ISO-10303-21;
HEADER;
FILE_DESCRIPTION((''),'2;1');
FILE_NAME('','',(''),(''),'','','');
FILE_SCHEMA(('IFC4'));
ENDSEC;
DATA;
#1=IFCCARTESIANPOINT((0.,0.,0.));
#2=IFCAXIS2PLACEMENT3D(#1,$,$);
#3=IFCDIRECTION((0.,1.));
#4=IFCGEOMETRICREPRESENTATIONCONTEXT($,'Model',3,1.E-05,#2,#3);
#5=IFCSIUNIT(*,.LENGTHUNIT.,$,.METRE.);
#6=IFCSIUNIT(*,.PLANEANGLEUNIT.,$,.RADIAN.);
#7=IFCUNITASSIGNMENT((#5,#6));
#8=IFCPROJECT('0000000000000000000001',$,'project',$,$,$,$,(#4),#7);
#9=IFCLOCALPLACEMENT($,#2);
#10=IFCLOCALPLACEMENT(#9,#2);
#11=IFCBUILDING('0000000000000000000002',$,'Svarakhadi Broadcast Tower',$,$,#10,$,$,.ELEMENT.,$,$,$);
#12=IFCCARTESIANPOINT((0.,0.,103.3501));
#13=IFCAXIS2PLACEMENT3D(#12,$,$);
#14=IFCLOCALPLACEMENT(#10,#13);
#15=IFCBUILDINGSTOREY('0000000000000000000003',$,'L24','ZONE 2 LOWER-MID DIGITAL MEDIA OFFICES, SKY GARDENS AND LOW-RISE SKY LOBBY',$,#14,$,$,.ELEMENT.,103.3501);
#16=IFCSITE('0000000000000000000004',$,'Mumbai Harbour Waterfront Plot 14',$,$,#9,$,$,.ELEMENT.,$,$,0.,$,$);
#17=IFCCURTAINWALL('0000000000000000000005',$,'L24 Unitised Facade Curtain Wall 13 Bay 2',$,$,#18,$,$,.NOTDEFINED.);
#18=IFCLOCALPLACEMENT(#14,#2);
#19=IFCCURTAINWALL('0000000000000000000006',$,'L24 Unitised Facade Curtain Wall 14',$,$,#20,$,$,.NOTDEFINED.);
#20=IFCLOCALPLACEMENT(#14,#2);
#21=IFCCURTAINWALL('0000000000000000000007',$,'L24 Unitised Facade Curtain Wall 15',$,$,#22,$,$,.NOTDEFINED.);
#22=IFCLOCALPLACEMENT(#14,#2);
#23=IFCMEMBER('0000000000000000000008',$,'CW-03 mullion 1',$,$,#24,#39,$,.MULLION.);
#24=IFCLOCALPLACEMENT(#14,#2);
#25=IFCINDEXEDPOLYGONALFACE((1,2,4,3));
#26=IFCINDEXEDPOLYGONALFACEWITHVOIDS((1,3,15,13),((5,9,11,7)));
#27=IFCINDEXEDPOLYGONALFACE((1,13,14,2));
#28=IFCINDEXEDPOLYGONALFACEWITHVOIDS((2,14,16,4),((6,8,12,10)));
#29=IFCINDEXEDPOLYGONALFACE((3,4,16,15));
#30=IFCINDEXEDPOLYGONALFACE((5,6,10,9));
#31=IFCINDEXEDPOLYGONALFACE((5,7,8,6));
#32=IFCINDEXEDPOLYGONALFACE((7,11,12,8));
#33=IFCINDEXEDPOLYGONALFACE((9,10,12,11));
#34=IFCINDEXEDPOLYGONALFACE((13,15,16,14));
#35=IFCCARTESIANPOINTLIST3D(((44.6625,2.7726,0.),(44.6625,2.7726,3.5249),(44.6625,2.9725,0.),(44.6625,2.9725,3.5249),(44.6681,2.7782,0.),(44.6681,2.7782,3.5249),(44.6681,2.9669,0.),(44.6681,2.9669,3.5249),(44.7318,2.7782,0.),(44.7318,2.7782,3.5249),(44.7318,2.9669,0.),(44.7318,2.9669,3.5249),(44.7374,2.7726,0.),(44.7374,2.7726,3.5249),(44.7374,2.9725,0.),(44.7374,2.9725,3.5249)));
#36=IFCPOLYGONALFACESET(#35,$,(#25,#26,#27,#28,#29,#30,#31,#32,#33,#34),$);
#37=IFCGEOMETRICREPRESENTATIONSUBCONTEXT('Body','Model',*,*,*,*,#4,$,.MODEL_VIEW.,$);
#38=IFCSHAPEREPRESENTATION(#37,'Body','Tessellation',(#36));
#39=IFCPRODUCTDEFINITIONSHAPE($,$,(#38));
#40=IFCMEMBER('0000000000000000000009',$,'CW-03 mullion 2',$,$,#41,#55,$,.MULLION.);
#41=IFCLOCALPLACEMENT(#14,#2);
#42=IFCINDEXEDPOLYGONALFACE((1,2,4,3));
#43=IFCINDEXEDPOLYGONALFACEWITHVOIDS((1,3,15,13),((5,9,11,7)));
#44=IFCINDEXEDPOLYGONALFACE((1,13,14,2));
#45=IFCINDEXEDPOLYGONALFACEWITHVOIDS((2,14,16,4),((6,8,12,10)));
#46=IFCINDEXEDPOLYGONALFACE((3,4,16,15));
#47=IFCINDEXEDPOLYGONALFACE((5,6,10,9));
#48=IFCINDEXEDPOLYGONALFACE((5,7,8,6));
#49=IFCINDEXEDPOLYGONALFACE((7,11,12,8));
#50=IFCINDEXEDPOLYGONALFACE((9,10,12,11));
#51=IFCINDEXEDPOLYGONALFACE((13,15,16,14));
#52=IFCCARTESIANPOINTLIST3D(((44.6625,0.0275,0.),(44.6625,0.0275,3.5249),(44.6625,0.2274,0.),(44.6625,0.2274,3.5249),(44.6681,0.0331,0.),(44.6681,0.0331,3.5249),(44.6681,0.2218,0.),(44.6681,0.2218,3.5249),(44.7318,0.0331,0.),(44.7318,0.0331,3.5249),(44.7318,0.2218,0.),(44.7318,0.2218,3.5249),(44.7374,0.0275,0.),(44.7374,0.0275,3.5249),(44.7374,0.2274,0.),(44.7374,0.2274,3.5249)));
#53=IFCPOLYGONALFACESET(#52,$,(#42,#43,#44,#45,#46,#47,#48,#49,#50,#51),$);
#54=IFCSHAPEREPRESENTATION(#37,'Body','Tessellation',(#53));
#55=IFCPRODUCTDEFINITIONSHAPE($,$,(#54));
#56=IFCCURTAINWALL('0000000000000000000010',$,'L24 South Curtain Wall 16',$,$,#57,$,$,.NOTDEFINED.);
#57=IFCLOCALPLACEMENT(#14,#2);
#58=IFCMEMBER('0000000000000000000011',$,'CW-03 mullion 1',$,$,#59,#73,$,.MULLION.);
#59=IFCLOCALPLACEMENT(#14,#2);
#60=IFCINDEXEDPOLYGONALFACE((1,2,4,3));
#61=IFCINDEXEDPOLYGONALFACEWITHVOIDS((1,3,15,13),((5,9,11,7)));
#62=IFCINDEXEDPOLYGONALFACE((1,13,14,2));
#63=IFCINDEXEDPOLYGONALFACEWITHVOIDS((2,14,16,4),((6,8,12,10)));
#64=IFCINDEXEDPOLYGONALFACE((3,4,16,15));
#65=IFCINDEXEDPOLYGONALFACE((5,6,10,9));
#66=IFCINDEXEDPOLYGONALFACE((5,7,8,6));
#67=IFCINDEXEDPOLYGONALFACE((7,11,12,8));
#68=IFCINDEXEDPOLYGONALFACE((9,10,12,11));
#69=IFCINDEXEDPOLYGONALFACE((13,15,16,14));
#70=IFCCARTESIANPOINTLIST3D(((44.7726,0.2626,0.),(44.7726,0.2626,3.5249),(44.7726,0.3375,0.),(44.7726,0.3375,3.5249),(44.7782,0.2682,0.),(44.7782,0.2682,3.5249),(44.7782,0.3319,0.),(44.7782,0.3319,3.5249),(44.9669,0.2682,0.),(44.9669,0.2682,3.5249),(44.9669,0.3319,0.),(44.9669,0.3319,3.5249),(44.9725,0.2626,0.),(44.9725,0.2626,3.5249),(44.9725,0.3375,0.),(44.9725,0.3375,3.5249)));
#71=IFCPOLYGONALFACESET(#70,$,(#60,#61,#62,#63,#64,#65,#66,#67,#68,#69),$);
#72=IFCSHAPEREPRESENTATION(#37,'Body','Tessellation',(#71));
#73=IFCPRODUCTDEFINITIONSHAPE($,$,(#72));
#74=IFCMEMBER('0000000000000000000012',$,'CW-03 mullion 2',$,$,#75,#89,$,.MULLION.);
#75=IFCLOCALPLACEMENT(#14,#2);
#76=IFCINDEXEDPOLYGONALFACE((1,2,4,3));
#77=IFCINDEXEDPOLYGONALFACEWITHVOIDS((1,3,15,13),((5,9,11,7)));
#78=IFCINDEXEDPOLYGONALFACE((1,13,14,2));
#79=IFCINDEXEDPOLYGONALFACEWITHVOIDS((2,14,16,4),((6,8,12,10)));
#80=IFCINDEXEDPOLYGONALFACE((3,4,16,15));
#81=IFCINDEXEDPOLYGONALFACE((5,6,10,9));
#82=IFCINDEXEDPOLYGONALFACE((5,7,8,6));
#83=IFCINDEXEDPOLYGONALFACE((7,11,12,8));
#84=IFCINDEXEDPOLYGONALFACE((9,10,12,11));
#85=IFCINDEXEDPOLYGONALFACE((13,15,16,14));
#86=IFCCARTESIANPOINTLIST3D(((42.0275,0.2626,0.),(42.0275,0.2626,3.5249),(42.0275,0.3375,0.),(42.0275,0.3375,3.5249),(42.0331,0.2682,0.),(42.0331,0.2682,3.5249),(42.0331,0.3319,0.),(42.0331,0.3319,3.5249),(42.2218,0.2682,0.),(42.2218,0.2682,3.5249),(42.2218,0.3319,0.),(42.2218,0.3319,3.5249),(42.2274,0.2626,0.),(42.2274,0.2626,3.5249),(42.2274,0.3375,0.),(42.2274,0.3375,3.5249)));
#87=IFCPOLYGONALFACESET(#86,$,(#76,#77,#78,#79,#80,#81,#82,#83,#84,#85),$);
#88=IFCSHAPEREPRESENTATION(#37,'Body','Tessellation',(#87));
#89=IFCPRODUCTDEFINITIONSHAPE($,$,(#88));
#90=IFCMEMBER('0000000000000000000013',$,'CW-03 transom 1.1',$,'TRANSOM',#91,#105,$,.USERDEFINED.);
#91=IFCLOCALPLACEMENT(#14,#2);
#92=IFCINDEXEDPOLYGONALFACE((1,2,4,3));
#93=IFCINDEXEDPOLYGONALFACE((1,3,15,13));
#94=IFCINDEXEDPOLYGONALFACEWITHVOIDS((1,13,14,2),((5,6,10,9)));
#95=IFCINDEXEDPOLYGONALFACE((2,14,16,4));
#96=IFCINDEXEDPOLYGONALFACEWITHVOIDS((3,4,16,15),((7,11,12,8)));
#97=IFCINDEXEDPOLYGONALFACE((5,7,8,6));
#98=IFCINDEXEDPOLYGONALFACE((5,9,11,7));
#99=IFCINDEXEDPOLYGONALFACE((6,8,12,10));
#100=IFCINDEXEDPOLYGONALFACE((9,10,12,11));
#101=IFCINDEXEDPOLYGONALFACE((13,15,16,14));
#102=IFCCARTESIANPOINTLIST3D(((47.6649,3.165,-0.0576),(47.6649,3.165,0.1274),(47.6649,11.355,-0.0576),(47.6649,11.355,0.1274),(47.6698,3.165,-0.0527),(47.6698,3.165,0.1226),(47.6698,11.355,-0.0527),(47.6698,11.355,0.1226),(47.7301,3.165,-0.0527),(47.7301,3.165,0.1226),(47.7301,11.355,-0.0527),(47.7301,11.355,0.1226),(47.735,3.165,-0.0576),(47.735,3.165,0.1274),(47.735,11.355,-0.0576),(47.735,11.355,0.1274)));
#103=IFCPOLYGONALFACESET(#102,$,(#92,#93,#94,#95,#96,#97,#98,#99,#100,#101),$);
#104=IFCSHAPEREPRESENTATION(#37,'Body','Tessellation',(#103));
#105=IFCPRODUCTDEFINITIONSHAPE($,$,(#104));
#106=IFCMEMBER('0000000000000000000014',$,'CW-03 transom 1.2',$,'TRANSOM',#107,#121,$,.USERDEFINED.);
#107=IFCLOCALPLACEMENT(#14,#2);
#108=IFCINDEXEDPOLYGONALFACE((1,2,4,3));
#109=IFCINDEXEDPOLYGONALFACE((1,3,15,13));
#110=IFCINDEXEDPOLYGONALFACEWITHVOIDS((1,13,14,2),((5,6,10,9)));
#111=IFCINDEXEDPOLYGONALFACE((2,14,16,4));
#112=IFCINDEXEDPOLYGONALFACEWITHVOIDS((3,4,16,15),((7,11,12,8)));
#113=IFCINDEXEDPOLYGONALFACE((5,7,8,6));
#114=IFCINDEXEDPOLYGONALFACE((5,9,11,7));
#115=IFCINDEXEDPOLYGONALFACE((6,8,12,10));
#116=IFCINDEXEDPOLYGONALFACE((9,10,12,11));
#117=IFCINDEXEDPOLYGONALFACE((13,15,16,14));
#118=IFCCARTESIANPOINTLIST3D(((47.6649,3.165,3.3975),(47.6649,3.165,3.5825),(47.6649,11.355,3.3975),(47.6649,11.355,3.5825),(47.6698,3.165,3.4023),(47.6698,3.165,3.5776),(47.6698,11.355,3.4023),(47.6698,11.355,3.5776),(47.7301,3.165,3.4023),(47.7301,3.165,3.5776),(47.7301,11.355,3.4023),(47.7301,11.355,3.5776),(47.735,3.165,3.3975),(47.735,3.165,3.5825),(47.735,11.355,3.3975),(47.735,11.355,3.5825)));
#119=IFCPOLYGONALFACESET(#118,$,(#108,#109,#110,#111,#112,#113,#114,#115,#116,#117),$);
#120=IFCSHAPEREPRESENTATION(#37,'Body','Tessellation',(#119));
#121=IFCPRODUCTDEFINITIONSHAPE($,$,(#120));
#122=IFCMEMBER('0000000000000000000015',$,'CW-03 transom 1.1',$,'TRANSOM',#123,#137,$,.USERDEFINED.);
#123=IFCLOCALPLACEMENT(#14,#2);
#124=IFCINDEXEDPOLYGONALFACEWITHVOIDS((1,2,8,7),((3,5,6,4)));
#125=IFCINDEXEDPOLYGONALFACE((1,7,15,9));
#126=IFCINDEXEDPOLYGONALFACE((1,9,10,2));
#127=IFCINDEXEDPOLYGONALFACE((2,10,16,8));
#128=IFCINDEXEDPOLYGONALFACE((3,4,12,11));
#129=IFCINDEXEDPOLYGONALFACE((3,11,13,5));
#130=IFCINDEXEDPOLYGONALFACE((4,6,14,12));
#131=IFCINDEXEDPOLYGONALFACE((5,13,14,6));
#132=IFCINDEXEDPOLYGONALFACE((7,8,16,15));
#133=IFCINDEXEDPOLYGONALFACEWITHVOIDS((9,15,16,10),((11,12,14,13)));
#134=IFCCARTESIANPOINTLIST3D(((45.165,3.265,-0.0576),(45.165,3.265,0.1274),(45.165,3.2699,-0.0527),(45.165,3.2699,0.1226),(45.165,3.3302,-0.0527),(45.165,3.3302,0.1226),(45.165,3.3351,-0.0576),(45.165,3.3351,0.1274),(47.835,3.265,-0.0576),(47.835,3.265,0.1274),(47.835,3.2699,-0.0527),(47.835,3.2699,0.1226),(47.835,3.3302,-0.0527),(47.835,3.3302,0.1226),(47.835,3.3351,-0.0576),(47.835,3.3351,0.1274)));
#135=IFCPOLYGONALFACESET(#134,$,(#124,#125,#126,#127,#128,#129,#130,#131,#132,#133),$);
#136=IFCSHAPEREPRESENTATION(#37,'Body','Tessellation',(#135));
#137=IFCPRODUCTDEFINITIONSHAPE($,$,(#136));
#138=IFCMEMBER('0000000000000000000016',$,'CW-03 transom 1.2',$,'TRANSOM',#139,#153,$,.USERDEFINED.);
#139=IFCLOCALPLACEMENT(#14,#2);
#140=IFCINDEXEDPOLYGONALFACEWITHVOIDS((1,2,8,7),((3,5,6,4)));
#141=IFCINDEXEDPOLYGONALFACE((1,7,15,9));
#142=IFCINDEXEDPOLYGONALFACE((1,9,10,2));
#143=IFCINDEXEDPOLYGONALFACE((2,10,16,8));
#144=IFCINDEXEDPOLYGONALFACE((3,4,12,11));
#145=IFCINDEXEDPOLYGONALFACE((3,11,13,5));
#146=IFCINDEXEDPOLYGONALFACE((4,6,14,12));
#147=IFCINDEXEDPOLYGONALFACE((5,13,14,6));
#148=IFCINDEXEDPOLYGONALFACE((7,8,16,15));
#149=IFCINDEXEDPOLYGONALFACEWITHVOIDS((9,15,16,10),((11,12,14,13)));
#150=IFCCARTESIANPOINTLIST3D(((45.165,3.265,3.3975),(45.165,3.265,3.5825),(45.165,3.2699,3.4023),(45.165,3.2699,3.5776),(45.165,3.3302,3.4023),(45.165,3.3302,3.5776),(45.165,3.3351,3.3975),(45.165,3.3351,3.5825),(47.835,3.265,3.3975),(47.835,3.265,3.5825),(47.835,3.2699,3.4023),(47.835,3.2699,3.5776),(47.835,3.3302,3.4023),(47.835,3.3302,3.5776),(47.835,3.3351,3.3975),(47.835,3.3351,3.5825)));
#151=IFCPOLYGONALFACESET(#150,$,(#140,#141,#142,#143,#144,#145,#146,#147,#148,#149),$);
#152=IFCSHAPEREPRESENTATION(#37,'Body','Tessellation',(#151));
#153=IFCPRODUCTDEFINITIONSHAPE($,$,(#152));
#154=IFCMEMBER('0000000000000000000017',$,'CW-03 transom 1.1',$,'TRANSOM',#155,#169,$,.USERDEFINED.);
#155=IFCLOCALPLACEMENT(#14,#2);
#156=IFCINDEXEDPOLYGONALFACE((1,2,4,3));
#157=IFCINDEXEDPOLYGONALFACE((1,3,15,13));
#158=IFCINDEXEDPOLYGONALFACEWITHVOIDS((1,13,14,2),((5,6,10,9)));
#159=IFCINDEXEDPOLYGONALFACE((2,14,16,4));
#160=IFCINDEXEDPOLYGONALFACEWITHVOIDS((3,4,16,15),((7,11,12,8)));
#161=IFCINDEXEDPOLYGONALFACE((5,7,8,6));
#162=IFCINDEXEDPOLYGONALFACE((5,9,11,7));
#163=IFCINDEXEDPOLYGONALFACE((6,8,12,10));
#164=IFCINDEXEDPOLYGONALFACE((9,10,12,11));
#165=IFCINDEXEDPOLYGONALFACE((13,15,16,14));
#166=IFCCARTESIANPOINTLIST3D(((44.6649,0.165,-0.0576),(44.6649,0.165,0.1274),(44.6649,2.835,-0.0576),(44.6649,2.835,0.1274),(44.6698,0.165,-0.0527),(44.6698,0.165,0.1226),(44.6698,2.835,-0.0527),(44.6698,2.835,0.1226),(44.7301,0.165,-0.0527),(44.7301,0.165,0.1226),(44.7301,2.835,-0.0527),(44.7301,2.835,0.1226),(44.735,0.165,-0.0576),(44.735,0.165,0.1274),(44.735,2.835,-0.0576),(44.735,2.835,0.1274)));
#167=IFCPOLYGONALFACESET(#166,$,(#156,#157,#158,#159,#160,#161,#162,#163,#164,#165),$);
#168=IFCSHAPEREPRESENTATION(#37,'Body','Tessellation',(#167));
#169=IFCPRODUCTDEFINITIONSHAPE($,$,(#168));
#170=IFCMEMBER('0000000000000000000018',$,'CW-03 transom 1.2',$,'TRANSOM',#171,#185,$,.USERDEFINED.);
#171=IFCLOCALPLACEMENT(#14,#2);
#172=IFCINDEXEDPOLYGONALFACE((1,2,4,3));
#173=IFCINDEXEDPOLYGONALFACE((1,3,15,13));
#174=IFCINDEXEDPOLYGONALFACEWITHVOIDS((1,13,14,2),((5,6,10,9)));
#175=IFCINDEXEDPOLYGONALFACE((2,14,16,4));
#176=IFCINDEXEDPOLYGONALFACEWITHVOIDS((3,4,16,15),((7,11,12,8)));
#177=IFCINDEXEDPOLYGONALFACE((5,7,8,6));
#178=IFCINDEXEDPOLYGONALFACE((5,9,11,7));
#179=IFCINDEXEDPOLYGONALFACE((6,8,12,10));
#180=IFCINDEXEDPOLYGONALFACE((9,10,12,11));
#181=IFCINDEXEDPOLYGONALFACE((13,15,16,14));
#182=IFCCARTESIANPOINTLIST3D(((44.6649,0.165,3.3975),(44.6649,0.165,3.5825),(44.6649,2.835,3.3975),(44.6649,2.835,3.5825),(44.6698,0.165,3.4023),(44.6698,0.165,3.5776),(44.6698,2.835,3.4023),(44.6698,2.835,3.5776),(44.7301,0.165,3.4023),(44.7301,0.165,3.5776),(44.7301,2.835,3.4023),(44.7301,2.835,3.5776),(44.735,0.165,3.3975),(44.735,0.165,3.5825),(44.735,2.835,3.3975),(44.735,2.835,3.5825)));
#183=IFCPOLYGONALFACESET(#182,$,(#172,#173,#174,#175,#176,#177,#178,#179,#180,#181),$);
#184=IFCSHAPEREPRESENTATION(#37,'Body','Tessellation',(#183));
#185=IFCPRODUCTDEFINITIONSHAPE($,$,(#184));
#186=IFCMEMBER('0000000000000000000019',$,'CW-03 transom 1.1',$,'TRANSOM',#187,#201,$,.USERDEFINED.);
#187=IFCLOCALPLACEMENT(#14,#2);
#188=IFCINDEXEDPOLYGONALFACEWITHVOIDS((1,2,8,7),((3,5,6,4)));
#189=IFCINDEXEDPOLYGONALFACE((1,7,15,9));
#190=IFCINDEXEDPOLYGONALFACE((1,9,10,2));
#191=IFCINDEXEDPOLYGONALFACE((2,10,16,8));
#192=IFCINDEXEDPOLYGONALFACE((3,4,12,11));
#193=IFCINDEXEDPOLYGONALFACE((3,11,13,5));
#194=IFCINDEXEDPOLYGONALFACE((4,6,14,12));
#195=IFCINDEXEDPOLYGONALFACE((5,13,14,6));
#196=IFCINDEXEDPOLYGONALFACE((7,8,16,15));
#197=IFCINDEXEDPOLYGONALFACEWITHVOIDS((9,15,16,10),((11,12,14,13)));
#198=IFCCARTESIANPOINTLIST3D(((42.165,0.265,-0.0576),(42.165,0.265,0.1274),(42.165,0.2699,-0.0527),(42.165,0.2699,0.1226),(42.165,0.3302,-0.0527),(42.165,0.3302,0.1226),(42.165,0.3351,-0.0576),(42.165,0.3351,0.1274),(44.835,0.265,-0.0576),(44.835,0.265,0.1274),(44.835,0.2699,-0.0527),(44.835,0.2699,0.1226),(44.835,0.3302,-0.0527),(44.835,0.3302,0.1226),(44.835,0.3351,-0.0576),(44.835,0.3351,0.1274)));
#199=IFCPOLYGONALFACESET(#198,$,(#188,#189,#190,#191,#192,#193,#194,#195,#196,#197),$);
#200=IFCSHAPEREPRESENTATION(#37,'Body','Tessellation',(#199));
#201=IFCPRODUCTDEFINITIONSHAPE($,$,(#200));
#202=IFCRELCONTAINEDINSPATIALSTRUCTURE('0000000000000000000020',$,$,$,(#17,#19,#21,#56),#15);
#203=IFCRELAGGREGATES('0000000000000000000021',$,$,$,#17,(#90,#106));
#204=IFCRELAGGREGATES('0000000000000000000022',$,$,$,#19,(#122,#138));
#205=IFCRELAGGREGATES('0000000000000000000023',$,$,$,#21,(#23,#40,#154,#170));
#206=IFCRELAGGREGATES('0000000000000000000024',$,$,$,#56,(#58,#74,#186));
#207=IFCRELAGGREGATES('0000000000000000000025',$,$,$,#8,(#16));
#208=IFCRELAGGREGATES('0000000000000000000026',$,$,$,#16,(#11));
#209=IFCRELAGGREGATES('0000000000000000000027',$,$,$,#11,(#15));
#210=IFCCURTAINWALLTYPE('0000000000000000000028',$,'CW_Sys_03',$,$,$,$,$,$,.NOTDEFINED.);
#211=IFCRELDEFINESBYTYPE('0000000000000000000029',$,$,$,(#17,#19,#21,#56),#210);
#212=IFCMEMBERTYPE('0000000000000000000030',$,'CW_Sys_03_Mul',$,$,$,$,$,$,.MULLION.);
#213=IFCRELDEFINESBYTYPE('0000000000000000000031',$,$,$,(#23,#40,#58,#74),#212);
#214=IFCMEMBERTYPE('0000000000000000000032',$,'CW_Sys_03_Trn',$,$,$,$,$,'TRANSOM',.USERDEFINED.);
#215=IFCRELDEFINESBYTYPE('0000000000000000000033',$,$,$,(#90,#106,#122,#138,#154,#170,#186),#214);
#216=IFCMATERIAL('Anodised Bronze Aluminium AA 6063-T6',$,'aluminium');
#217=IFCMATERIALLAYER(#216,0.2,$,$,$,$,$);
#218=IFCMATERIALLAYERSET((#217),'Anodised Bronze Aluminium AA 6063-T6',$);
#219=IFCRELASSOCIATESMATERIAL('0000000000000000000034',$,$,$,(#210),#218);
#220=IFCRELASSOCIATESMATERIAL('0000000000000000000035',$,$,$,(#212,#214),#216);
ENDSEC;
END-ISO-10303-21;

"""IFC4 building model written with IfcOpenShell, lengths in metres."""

from ifc_helpers import new_model, si_unit, direction, frame, origin, origin_2d, place, context, subcontext, project, spatial, hollow_rectangle, extrude, material, layer, layer_set, material_profile, profile_set, type_object, element, aggregate, save


model = new_model("IFC4")

# Units and contexts
model_context = context("Model", 3, precision=1e-05, world=origin(), true_north=direction((0.0, 1.0)))
body_context = subcontext(model_context, "Body", "Model", "MODEL_VIEW")
ifc_project = project(units=[si_unit("LENGTHUNIT", "METRE"), si_unit("PLANEANGLEUNIT", "RADIAN")], contexts=[model_context])

# Site, building, storey
site_placement = place(None, origin())
site = spatial("IfcSite", under=ifc_project, at=site_placement, Name="Mumbai Harbour Waterfront Plot 14", CompositionType="ELEMENT", RefElevation=0.0)
building_placement = place(site_placement, origin())
building = spatial("IfcBuilding", under=site, at=building_placement, Name="Svarakhadi Broadcast Tower", CompositionType="ELEMENT")
storey_placement = place(building_placement, frame((0.0, 0.0, 103.3501)))
storey = spatial("IfcBuildingStorey", under=building, at=storey_placement, Name="L24", Description="ZONE 2 LOWER-MID DIGITAL MEDIA OFFICES, SKY GARDENS AND LOW-RISE SKY LOBBY", CompositionType="ELEMENT", Elevation=103.3501)

# Curtain walls, members
ifc_material_1 = material(Name="Anodised Bronze Aluminium AA 6063-T6", Category="aluminium")
ifc_layer_1 = layer(ifc_material_1, 0.2)
ifc_layer_set_1 = layer_set([ifc_layer_1], Name="Anodised Bronze Aluminium AA 6063-T6")
curtain_wall_type = type_object("IfcCurtainWallType", Name="CW_Sys_03", PredefinedType="NOTDEFINED", material=ifc_layer_set_1)
curtain_wall_1_placement = place(storey_placement, origin())
curtain_wall_1 = element("IfcCurtainWall", 1, at=curtain_wall_1_placement, inside=storey, type_object=curtain_wall_type, Name="L24 Unitised Facade Curtain Wall 13 Bay 2", PredefinedType="NOTDEFINED")
ifc_material_profile_1 = material_profile(ifc_material_1, hollow_rectangle(XDim=0.075, YDim=0.2, WallThickness=0.0056, at=origin_2d()), Name="ALU MULLION 200x75x6")
ifc_profile_set_1 = profile_set([ifc_material_profile_1], Name="Anodised Bronze Aluminium AA 6063-T6")
member_type_1 = type_object("IfcMemberType", Name="CW_Sys_03_Mul", PredefinedType="MULLION", material=ifc_profile_set_1)
curtain_wall_2_placement = place(storey_placement, origin())
curtain_wall_2 = element("IfcCurtainWall", 2, at=curtain_wall_2_placement, inside=storey, type_object=curtain_wall_type, Name="L24 Unitised Facade Curtain Wall 14", PredefinedType="NOTDEFINED")
curtain_wall_3_placement = place(storey_placement, origin())
curtain_wall_3 = element("IfcCurtainWall", 3, at=curtain_wall_3_placement, inside=storey, type_object=curtain_wall_type, Name="L24 Unitised Facade Curtain Wall 15", PredefinedType="NOTDEFINED")
member_1_placement = place(storey_placement, frame((44.7, 2.8726, 0.0), z_axis=(0.0, 0.0, 1.0), x_axis=(1.0, 0.0, 0.0)))
member_1 = element("IfcMember", 4, at=member_1_placement, type_object=member_type_1, Name="CW-03 mullion 1", PredefinedType="MULLION", context=body_context, shape_type="SweptSolid", body=[
    extrude(hollow_rectangle(XDim=0.075, YDim=0.2, WallThickness=0.0056, at=origin_2d()), origin(), (0.0, 0.0, 1.0), 3.5249),
])
member_2_placement = place(storey_placement, frame((44.7, 0.1274, 0.0), z_axis=(0.0, 0.0, 1.0), x_axis=(1.0, 0.0, 0.0)))
member_2 = element("IfcMember", 5, at=member_2_placement, type_object=member_type_1, Name="CW-03 mullion 2", PredefinedType="MULLION", context=body_context, shape_type="SweptSolid", body=[
    extrude(hollow_rectangle(XDim=0.075, YDim=0.2, WallThickness=0.0056, at=origin_2d()), origin(), (0.0, 0.0, 1.0), 3.5249),
])
curtain_wall_4_placement = place(storey_placement, origin())
curtain_wall_4 = element("IfcCurtainWall", 6, at=curtain_wall_4_placement, inside=storey, type_object=curtain_wall_type, Name="L24 South Curtain Wall 16", PredefinedType="NOTDEFINED")
member_3_placement = place(storey_placement, frame((44.8726, 0.3, 0.0), z_axis=(0.0, 0.0, 1.0), x_axis=(0.0, -1.0, 0.0)))
member_3 = element("IfcMember", 7, at=member_3_placement, type_object=member_type_1, Name="CW-03 mullion 1", PredefinedType="MULLION", context=body_context, shape_type="SweptSolid", body=[
    extrude(hollow_rectangle(XDim=0.075, YDim=0.2, WallThickness=0.0056, at=origin_2d()), origin(), (0.0, 0.0, 1.0), 3.5249),
])
member_4_placement = place(storey_placement, frame((42.1274, 0.3, 0.0), z_axis=(0.0, 0.0, 1.0), x_axis=(0.0, -1.0, 0.0)))
member_4 = element("IfcMember", 8, at=member_4_placement, type_object=member_type_1, Name="CW-03 mullion 2", PredefinedType="MULLION", context=body_context, shape_type="SweptSolid", body=[
    extrude(hollow_rectangle(XDim=0.075, YDim=0.2, WallThickness=0.0056, at=origin_2d()), origin(), (0.0, 0.0, 1.0), 3.5249),
])

# Members
ifc_material_profile_2 = material_profile(ifc_material_1, hollow_rectangle(XDim=0.0701, YDim=0.1851, WallThickness=0.0049, at=origin_2d()), Name="ALU TRANSOM 185x70x5")
ifc_profile_set_2 = profile_set([ifc_material_profile_2], Name="Anodised Bronze Aluminium AA 6063-T6")
member_type_2 = type_object("IfcMemberType", Name="CW_Sys_03_Trn", ElementType="TRANSOM", PredefinedType="USERDEFINED", material=ifc_profile_set_2)
member_5_placement = place(storey_placement, frame((47.7, 11.355, 0.0349), z_axis=(0.0, -1.0, 0.0), x_axis=(1.0, 0.0, 0.0)))
member_5 = element("IfcMember", 9, at=member_5_placement, type_object=member_type_2, Name="CW-03 transom 1.1", ObjectType="TRANSOM", PredefinedType="USERDEFINED", context=body_context, shape_type="SweptSolid", body=[
    extrude(hollow_rectangle(XDim=0.0701, YDim=0.1851, WallThickness=0.0049, at=origin_2d()), origin(), (0.0, 0.0, 1.0), 8.1899),
])
member_6_placement = place(storey_placement, frame((47.7, 11.355, 3.49), z_axis=(0.0, -1.0, 0.0), x_axis=(1.0, 0.0, 0.0)))
member_6 = element("IfcMember", 10, at=member_6_placement, type_object=member_type_2, Name="CW-03 transom 1.2", ObjectType="TRANSOM", PredefinedType="USERDEFINED", context=body_context, shape_type="SweptSolid", body=[
    extrude(hollow_rectangle(XDim=0.0701, YDim=0.1851, WallThickness=0.0049, at=origin_2d()), origin(), (0.0, 0.0, 1.0), 8.1899),
])
member_7_placement = place(storey_placement, frame((47.835, 3.3, 0.0349), z_axis=(-1.0, 0.0, 0.0), x_axis=(0.0, -1.0, 0.0)))
member_7 = element("IfcMember", 11, at=member_7_placement, type_object=member_type_2, Name="CW-03 transom 1.1", ObjectType="TRANSOM", PredefinedType="USERDEFINED", context=body_context, shape_type="SweptSolid", body=[
    extrude(hollow_rectangle(XDim=0.0701, YDim=0.1851, WallThickness=0.0049, at=origin_2d()), origin(), (0.0, 0.0, 1.0), 2.6699),
])
member_8_placement = place(storey_placement, frame((47.835, 3.3, 3.49), z_axis=(-1.0, 0.0, 0.0), x_axis=(0.0, -1.0, 0.0)))
member_8 = element("IfcMember", 12, at=member_8_placement, type_object=member_type_2, Name="CW-03 transom 1.2", ObjectType="TRANSOM", PredefinedType="USERDEFINED", context=body_context, shape_type="SweptSolid", body=[
    extrude(hollow_rectangle(XDim=0.0701, YDim=0.1851, WallThickness=0.0049, at=origin_2d()), origin(), (0.0, 0.0, 1.0), 2.6699),
])
member_9_placement = place(storey_placement, frame((44.7, 2.835, 0.0349), z_axis=(0.0, -1.0, 0.0), x_axis=(1.0, 0.0, 0.0)))
member_9 = element("IfcMember", 13, at=member_9_placement, type_object=member_type_2, Name="CW-03 transom 1.1", ObjectType="TRANSOM", PredefinedType="USERDEFINED", context=body_context, shape_type="SweptSolid", body=[
    extrude(hollow_rectangle(XDim=0.0701, YDim=0.1851, WallThickness=0.0049, at=origin_2d()), origin(), (0.0, 0.0, 1.0), 2.6699),
])
member_10_placement = place(storey_placement, frame((44.7, 2.835, 3.49), z_axis=(0.0, -1.0, 0.0), x_axis=(1.0, 0.0, 0.0)))
member_10 = element("IfcMember", 14, at=member_10_placement, type_object=member_type_2, Name="CW-03 transom 1.2", ObjectType="TRANSOM", PredefinedType="USERDEFINED", context=body_context, shape_type="SweptSolid", body=[
    extrude(hollow_rectangle(XDim=0.0701, YDim=0.1851, WallThickness=0.0049, at=origin_2d()), origin(), (0.0, 0.0, 1.0), 2.6699),
])
member_11_placement = place(storey_placement, frame((44.835, 0.3, 0.0349), z_axis=(-1.0, 0.0, 0.0), x_axis=(0.0, -1.0, 0.0)))
member_11 = element("IfcMember", 15, at=member_11_placement, type_object=member_type_2, Name="CW-03 transom 1.1", ObjectType="TRANSOM", PredefinedType="USERDEFINED", context=body_context, shape_type="SweptSolid", body=[
    extrude(hollow_rectangle(XDim=0.0701, YDim=0.1851, WallThickness=0.0049, at=origin_2d()), origin(), (0.0, 0.0, 1.0), 2.6699),
])

aggregate(curtain_wall_1, [member_5, member_6])
aggregate(curtain_wall_2, [member_7, member_8])
aggregate(curtain_wall_3, [member_1, member_2, member_9, member_10])
aggregate(curtain_wall_4, [member_3, member_4, member_11])

save(model, "model.ifc")
